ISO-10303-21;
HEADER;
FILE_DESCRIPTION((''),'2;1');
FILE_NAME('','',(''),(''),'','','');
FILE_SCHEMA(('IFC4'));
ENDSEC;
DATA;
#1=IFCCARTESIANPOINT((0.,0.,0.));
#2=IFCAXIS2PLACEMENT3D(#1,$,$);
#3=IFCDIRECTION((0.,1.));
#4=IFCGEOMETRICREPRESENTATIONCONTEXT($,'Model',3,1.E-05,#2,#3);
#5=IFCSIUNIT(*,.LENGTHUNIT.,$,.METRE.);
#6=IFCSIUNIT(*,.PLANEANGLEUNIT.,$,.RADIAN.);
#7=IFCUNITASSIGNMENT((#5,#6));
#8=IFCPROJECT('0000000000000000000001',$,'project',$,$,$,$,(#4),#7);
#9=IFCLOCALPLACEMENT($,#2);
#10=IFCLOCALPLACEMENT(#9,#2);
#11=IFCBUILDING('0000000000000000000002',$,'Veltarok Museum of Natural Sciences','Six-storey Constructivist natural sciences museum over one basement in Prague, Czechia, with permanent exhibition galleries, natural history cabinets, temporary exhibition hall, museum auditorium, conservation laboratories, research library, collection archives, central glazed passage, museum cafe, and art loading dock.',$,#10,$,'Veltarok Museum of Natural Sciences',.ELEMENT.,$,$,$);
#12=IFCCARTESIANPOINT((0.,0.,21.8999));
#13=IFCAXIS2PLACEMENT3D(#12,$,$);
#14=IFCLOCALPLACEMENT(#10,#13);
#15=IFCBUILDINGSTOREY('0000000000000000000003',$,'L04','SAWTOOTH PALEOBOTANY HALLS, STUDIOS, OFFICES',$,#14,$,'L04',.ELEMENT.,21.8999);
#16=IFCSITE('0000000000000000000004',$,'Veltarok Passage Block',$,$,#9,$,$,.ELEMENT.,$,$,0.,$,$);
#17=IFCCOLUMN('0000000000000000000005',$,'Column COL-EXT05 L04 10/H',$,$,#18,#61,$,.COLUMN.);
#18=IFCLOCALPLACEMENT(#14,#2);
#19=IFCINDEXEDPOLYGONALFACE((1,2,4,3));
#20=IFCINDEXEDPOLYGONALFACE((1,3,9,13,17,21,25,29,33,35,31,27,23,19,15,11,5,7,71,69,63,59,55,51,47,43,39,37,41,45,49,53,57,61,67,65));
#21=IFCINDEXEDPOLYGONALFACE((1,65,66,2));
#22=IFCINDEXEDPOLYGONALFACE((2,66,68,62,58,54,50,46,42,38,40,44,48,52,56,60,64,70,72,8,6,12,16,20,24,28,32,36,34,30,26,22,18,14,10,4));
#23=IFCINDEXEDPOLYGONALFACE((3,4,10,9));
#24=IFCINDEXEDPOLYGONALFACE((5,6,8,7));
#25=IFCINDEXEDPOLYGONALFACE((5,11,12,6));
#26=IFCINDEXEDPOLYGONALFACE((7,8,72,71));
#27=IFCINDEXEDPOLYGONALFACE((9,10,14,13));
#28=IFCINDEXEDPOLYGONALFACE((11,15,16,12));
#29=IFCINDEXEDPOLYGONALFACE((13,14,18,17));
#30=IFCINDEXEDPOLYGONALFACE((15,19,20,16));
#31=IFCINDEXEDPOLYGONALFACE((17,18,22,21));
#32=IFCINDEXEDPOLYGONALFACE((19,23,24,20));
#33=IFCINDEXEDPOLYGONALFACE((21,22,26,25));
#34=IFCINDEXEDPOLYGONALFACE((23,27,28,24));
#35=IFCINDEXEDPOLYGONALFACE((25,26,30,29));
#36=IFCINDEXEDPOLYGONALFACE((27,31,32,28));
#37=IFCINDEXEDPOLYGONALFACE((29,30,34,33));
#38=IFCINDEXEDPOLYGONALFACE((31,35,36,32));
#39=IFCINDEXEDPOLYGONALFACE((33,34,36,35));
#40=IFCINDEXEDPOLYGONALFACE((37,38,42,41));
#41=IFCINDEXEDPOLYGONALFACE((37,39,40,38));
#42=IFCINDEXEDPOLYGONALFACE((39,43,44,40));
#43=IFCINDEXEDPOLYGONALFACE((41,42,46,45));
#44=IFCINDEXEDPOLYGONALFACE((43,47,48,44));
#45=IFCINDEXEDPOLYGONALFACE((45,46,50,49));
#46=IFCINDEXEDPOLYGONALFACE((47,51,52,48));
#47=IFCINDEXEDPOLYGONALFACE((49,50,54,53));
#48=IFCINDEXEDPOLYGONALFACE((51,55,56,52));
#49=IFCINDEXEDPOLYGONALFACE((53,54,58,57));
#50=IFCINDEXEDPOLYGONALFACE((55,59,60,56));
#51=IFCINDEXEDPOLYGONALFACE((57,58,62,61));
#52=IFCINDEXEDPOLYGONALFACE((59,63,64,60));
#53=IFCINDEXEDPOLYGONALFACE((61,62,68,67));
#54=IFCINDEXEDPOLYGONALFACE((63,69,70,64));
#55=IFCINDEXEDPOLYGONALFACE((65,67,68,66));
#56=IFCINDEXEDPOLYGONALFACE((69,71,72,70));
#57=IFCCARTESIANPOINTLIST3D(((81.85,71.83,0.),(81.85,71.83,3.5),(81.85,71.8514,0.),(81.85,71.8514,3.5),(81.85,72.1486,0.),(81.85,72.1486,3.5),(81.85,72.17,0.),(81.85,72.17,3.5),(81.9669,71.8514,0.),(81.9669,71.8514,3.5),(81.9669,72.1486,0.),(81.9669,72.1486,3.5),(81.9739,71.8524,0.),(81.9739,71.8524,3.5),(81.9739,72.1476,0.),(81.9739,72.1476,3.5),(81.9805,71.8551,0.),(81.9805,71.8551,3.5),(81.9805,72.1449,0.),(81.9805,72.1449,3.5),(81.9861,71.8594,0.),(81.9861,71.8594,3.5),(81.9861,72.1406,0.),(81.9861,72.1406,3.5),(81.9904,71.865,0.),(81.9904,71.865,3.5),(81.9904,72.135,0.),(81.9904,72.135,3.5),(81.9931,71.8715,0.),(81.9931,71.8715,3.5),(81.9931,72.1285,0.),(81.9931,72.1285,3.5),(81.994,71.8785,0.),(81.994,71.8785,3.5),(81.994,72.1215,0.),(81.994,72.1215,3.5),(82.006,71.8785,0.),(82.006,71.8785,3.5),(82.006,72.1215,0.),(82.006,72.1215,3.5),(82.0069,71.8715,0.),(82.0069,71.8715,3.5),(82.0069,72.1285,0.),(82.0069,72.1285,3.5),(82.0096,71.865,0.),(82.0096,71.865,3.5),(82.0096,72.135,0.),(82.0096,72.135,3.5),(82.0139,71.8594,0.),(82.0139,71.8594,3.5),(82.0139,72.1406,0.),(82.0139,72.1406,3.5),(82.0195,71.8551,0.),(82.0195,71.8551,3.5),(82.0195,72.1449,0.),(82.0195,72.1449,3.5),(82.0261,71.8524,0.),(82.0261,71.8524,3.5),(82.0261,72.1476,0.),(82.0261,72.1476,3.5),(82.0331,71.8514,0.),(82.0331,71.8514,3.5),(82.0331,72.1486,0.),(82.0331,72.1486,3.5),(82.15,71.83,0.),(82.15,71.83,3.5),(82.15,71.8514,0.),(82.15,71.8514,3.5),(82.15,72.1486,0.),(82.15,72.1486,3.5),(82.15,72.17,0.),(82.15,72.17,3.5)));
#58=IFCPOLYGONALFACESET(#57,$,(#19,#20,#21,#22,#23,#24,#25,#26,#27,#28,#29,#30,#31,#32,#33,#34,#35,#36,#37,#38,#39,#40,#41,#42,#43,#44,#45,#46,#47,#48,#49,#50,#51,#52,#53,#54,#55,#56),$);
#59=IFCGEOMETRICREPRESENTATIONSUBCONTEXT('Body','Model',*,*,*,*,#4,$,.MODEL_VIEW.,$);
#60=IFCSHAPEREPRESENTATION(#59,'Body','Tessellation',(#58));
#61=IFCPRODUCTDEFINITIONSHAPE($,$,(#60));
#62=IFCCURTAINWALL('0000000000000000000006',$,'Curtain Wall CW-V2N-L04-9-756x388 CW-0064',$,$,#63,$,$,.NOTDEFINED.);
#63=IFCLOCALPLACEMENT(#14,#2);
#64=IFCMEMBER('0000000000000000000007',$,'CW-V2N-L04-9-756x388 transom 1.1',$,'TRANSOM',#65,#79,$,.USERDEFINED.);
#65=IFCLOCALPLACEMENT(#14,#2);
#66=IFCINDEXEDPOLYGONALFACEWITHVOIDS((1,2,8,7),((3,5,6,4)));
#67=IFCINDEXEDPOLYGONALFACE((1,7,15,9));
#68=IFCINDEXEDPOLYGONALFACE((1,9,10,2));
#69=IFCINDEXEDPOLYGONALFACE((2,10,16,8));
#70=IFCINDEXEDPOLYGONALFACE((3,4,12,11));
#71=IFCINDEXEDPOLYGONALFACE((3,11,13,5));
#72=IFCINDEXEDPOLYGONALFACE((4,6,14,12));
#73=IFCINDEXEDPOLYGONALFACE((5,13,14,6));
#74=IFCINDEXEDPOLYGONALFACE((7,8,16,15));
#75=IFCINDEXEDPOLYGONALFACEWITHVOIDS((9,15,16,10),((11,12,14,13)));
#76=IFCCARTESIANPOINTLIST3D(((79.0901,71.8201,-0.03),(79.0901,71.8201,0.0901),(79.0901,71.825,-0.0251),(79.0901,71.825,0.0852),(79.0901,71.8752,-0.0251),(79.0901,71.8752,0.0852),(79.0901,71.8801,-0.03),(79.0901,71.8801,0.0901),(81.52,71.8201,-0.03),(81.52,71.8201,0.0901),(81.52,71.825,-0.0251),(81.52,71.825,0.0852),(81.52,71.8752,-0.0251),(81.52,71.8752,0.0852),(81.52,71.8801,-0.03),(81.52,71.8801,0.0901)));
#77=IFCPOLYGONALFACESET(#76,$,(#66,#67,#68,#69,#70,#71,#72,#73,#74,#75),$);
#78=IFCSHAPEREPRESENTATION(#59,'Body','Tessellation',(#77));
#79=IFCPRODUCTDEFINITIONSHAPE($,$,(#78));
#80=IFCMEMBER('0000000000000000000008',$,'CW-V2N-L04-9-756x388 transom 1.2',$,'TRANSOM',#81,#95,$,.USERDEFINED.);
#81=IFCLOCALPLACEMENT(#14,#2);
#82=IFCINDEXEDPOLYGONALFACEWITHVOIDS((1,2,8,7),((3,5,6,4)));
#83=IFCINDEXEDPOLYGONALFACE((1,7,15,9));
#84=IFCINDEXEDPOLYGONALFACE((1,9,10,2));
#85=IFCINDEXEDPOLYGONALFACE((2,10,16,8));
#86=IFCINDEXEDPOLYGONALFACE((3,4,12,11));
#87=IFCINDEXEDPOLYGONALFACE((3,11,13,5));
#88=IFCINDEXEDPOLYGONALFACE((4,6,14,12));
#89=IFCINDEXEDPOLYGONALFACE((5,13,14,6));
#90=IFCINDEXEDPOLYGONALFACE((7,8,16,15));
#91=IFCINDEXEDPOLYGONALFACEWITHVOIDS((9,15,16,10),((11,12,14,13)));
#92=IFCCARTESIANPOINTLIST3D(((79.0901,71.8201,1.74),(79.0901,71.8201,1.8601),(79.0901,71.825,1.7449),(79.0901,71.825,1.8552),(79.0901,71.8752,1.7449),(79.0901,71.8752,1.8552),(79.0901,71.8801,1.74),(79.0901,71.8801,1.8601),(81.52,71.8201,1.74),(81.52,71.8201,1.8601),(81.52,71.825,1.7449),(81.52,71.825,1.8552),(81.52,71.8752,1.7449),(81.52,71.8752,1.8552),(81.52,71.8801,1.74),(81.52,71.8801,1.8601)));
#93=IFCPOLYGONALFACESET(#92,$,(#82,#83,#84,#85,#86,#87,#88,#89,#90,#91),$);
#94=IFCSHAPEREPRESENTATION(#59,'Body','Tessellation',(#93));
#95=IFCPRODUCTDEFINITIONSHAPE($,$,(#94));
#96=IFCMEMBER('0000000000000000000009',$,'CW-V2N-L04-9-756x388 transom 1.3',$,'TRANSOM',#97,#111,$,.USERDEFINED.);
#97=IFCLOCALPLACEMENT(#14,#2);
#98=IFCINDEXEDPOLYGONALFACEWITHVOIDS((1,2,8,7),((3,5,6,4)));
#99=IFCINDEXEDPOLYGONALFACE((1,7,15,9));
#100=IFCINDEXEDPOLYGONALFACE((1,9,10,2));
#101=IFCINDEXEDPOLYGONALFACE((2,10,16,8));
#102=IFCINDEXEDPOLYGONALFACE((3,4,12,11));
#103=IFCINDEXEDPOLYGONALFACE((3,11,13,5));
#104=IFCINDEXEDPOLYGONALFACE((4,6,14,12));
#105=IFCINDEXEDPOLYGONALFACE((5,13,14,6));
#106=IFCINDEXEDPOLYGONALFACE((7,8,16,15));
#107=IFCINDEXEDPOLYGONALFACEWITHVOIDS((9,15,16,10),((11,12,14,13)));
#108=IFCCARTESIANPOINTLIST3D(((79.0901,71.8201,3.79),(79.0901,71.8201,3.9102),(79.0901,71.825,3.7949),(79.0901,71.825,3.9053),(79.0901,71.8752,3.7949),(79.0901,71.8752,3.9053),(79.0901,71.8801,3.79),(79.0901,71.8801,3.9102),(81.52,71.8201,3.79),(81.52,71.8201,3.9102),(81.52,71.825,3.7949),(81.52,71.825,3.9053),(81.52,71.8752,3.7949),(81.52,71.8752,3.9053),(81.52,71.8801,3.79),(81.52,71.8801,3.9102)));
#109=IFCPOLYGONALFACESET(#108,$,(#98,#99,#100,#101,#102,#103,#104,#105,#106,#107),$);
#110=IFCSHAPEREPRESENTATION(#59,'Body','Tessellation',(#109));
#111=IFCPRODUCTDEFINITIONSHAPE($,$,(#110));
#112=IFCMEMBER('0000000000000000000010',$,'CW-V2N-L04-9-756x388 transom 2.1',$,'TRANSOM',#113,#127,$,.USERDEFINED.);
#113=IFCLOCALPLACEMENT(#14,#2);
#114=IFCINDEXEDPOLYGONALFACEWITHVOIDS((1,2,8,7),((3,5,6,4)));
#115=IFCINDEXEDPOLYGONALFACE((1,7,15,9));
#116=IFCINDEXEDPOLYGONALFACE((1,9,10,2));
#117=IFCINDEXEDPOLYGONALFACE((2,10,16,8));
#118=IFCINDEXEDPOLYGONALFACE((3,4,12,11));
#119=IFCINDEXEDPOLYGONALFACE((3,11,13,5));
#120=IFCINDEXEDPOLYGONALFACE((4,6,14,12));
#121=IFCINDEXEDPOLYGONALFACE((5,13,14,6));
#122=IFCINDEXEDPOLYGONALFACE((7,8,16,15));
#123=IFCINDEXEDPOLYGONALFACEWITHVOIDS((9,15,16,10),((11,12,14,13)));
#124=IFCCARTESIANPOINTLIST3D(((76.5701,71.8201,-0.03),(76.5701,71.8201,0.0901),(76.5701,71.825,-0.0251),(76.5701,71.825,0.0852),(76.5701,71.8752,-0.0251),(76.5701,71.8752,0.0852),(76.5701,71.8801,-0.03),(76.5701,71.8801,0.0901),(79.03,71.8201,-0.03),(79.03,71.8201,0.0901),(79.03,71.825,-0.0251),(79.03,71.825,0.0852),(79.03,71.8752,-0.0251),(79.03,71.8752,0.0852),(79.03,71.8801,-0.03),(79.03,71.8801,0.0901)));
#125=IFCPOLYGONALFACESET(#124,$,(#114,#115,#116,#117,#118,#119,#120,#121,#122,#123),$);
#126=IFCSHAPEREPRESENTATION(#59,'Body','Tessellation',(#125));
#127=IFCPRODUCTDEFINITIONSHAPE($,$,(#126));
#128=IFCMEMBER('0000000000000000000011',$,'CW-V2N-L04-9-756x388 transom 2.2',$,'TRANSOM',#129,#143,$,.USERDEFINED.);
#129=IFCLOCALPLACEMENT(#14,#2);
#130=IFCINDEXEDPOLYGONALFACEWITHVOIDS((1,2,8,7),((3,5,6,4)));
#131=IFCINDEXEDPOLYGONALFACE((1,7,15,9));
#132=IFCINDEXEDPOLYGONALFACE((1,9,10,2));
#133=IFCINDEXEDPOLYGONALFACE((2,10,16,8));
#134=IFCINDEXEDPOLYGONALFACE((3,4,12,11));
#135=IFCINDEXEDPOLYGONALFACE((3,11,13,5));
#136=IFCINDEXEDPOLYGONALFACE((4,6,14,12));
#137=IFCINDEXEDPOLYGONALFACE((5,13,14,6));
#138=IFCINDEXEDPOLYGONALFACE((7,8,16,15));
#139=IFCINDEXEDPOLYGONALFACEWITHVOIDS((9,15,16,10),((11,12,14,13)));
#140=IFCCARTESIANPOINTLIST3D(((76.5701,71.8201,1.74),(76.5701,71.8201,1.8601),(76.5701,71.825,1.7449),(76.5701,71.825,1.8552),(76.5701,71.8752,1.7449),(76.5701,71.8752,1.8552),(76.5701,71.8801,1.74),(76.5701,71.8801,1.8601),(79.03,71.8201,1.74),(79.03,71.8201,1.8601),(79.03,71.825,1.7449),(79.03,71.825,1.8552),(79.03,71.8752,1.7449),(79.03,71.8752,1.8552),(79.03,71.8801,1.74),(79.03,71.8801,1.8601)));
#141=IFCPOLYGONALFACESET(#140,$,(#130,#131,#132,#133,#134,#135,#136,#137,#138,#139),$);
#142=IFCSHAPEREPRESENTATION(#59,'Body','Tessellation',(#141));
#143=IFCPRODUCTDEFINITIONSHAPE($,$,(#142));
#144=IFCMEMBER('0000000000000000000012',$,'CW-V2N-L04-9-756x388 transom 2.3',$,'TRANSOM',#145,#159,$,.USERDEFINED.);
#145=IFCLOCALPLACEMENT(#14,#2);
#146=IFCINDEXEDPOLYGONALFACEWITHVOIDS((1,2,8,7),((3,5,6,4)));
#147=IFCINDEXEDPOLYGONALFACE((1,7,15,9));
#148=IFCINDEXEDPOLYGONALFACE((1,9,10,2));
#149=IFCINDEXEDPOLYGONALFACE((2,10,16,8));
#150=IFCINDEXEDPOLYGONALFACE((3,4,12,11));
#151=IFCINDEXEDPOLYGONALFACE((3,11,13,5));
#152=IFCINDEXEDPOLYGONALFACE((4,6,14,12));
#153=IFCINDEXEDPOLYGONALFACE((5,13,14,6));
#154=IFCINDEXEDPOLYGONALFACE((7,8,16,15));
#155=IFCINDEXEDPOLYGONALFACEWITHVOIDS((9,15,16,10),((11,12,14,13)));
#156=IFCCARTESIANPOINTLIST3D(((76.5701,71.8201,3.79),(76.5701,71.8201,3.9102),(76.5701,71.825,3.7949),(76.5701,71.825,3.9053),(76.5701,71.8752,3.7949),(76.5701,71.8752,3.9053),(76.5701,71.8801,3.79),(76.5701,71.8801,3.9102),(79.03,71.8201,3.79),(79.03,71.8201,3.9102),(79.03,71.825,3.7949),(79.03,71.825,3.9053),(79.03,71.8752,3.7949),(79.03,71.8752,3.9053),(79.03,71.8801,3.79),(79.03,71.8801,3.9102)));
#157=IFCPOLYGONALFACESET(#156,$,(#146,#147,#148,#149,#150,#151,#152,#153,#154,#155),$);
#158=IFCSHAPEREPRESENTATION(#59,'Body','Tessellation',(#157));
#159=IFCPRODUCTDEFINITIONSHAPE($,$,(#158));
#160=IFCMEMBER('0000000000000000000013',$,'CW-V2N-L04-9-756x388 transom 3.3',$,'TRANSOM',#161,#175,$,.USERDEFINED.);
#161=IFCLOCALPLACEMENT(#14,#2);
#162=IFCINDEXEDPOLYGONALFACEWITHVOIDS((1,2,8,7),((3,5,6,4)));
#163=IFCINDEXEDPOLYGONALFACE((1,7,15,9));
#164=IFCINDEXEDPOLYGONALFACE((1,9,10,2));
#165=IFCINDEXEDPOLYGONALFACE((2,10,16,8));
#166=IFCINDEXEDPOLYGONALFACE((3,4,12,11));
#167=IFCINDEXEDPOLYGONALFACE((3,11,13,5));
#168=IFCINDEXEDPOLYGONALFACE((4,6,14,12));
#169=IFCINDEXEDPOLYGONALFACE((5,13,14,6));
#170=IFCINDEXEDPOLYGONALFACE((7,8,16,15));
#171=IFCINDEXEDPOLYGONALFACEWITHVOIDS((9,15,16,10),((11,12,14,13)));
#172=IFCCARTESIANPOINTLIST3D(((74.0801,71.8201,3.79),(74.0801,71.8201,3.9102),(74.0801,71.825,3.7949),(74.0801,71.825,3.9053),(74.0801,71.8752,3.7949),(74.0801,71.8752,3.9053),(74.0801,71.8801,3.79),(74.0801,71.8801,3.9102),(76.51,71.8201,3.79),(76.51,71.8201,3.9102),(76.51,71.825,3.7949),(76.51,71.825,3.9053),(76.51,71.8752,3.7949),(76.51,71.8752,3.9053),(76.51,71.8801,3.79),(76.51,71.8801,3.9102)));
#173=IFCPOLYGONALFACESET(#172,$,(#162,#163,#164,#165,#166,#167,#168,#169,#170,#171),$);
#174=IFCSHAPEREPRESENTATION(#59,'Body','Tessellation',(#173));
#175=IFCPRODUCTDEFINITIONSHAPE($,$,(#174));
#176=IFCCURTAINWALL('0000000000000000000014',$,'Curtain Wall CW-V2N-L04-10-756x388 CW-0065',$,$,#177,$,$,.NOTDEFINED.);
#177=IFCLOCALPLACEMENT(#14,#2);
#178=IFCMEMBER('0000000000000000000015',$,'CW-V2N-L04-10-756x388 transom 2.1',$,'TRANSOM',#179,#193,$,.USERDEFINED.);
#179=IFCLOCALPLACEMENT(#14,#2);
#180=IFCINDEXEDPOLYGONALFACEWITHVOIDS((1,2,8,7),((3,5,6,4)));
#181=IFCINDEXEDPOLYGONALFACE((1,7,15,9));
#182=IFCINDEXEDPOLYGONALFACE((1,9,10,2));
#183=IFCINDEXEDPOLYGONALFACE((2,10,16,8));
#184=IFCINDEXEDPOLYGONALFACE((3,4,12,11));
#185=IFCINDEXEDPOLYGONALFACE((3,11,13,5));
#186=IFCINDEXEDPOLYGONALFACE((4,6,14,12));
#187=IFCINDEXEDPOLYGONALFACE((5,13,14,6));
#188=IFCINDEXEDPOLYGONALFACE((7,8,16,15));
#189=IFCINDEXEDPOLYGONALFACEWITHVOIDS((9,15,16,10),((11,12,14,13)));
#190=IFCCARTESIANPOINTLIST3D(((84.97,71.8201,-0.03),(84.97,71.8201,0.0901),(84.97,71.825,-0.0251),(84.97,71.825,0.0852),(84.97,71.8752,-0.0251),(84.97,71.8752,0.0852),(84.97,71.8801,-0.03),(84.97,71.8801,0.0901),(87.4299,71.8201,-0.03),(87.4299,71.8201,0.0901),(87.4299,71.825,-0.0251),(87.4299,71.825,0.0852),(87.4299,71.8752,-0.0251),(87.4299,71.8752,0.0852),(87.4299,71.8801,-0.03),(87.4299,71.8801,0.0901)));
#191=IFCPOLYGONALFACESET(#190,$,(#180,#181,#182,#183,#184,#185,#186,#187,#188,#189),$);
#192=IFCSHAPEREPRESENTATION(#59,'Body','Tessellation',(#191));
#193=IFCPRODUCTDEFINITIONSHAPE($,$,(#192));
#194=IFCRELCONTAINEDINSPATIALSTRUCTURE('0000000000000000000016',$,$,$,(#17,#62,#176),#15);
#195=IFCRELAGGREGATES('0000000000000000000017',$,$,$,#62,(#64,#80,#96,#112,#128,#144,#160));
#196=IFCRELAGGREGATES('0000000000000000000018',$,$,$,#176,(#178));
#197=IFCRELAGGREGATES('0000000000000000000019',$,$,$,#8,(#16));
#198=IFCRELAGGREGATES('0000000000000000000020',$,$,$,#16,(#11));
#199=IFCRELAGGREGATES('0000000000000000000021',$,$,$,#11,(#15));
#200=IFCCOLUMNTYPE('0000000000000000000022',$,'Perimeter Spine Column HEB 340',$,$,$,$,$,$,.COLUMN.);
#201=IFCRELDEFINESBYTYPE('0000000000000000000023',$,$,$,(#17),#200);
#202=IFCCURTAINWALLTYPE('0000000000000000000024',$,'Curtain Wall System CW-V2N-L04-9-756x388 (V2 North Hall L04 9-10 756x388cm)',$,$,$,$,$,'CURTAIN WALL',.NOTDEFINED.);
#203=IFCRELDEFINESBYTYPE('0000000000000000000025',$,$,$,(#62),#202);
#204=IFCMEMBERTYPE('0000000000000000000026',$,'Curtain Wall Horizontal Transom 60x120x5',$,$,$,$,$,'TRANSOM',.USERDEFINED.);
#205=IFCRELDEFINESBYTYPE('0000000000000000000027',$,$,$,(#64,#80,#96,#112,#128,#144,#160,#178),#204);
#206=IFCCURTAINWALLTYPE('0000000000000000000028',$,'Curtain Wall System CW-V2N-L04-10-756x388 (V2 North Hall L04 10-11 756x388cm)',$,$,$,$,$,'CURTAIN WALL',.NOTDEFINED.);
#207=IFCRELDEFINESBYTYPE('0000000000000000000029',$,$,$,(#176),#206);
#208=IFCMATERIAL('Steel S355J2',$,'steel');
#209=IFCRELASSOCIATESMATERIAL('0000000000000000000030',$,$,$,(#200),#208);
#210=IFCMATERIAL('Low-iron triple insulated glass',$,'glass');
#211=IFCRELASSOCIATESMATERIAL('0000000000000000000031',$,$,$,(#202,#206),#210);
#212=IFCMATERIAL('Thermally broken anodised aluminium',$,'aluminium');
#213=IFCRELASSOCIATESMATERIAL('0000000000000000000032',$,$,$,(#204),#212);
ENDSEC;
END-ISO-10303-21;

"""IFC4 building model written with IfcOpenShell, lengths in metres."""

from ifc_helpers import new_model, si_unit, direction, frame, origin, origin_2d, place, context, subcontext, project, spatial, hollow_rectangle, i_section, extrude, material, material_profile, profile_set, type_object, element, aggregate, save


model = new_model("IFC4")

# Units and contexts
model_context = context("Model", 3, precision=1e-05, world=origin(), true_north=direction((0.0, 1.0)))
body_context = subcontext(model_context, "Body", "Model", "MODEL_VIEW")
ifc_project = project(units=[si_unit("LENGTHUNIT", "METRE"), si_unit("PLANEANGLEUNIT", "RADIAN")], contexts=[model_context])

# Site, building, storey
site_placement = place(None, origin())
site = spatial("IfcSite", under=ifc_project, at=site_placement, Name="Veltarok Passage Block", CompositionType="ELEMENT", RefElevation=0.0)
building_placement = place(site_placement, origin())
building = spatial("IfcBuilding", under=site, at=building_placement, Name="Veltarok Museum of Natural Sciences", Description="Six-storey Constructivist natural sciences museum over one basement in Prague, Czechia, with permanent exhibition galleries, natural history cabinets, temporary exhibition hall, museum auditorium, conservation laboratories, research library, collection archives, central glazed passage, museum cafe, and art loading dock.", LongName="Veltarok Museum of Natural Sciences", CompositionType="ELEMENT")
storey_placement = place(building_placement, frame((0.0, 0.0, 21.8999)))
storey = spatial("IfcBuildingStorey", under=building, at=storey_placement, Name="L04", Description="SAWTOOTH PALEOBOTANY HALLS, STUDIOS, OFFICES", LongName="L04", CompositionType="ELEMENT", Elevation=21.8999)

# Column
ifc_material_1 = material(Name="Steel S355J2", Category="steel")
ifc_material_profile_1 = material_profile(ifc_material_1, i_section(OverallWidth=0.3, OverallDepth=0.3401, WebThickness=0.012, FlangeThickness=0.0215, FilletRadius=0.0271, at=origin_2d()), Name="HEB 340")
ifc_profile_set_1 = profile_set([ifc_material_profile_1], Name="Steel S355J2")
column_type = type_object("IfcColumnType", Name="Perimeter Spine Column HEB 340", PredefinedType="COLUMN", material=ifc_profile_set_1)
column_placement = place(storey_placement, frame((82.0, 72.0, 0.0), z_axis=(0.0, 0.0, 1.0), x_axis=(1.0, 0.0, 0.0)))
element("IfcColumn", 1, at=column_placement, inside=storey, type_object=column_type, Name="Column COL-EXT05 L04 10/H", PredefinedType="COLUMN", context=body_context, shape_type="SweptSolid", body=[
    extrude(i_section(OverallWidth=0.3, OverallDepth=0.3401, WebThickness=0.012, FlangeThickness=0.0215, FilletRadius=0.0271, at=origin_2d()), origin(), (0.0, 0.0, 1.0), 3.5),
])

# Curtain walls, members
ifc_material_2 = material(Name="Low-iron triple insulated glass", Category="glass")
curtain_wall_type_1 = type_object("IfcCurtainWallType", Name="Curtain Wall System CW-V2N-L04-9-756x388 (V2 North Hall L04 9-10 756x388cm)", ElementType="CURTAIN WALL", PredefinedType="NOTDEFINED", material=ifc_material_2)
curtain_wall_1_placement = place(storey_placement, origin())
curtain_wall_1 = element("IfcCurtainWall", 2, at=curtain_wall_1_placement, inside=storey, type_object=curtain_wall_type_1, Name="Curtain Wall CW-V2N-L04-9-756x388 CW-0064", PredefinedType="NOTDEFINED")
ifc_material_3 = material(Name="Thermally broken anodised aluminium", Category="aluminium")
ifc_material_profile_2 = material_profile(ifc_material_3, hollow_rectangle(XDim=0.0601, YDim=0.1201, WallThickness=0.0049, at=origin_2d()), Name="CW TRANSOM 60x120x5")
ifc_profile_set_2 = profile_set([ifc_material_profile_2], Name="Thermally broken anodised aluminium")
member_type_1 = type_object("IfcMemberType", Name="Curtain Wall Horizontal Transom 60x120x5", ElementType="TRANSOM", PredefinedType="USERDEFINED", material=ifc_profile_set_2)
member_1_placement = place(storey_placement, frame((81.52, 71.8501, 0.03), z_axis=(-1.0, 0.0, 0.0), x_axis=(0.0, -1.0, 0.0)))
member_1 = element("IfcMember", 3, at=member_1_placement, type_object=member_type_1, Name="CW-V2N-L04-9-756x388 transom 1.1", ObjectType="TRANSOM", PredefinedType="USERDEFINED", context=body_context, shape_type="SweptSolid", body=[
    extrude(hollow_rectangle(XDim=0.0601, YDim=0.1201, WallThickness=0.0049, at=origin_2d()), origin(), (0.0, 0.0, 1.0), 2.4299),
])
member_2_placement = place(storey_placement, frame((81.52, 71.8501, 1.8), z_axis=(-1.0, 0.0, 0.0), x_axis=(0.0, -1.0, 0.0)))
member_2 = element("IfcMember", 4, at=member_2_placement, type_object=member_type_1, Name="CW-V2N-L04-9-756x388 transom 1.2", ObjectType="TRANSOM", PredefinedType="USERDEFINED", context=body_context, shape_type="SweptSolid", body=[
    extrude(hollow_rectangle(XDim=0.0601, YDim=0.1201, WallThickness=0.0049, at=origin_2d()), origin(), (0.0, 0.0, 1.0), 2.4299),
])
member_3_placement = place(storey_placement, frame((81.52, 71.8501, 3.8501), z_axis=(-1.0, 0.0, 0.0), x_axis=(0.0, -1.0, 0.0)))
member_3 = element("IfcMember", 5, at=member_3_placement, type_object=member_type_1, Name="CW-V2N-L04-9-756x388 transom 1.3", ObjectType="TRANSOM", PredefinedType="USERDEFINED", context=body_context, shape_type="SweptSolid", body=[
    extrude(hollow_rectangle(XDim=0.0601, YDim=0.1201, WallThickness=0.0049, at=origin_2d()), origin(), (0.0, 0.0, 1.0), 2.4299),
])
member_4_placement = place(storey_placement, frame((79.03, 71.8501, 0.03), z_axis=(-1.0, 0.0, 0.0), x_axis=(0.0, -1.0, 0.0)))
member_4 = element("IfcMember", 6, at=member_4_placement, type_object=member_type_1, Name="CW-V2N-L04-9-756x388 transom 2.1", ObjectType="TRANSOM", PredefinedType="USERDEFINED", context=body_context, shape_type="SweptSolid", body=[
    extrude(hollow_rectangle(XDim=0.0601, YDim=0.1201, WallThickness=0.0049, at=origin_2d()), origin(), (0.0, 0.0, 1.0), 2.46),
])
member_5_placement = place(storey_placement, frame((79.03, 71.8501, 1.8), z_axis=(-1.0, 0.0, 0.0), x_axis=(0.0, -1.0, 0.0)))
member_5 = element("IfcMember", 7, at=member_5_placement, type_object=member_type_1, Name="CW-V2N-L04-9-756x388 transom 2.2", ObjectType="TRANSOM", PredefinedType="USERDEFINED", context=body_context, shape_type="SweptSolid", body=[
    extrude(hollow_rectangle(XDim=0.0601, YDim=0.1201, WallThickness=0.0049, at=origin_2d()), origin(), (0.0, 0.0, 1.0), 2.46),
])
member_6_placement = place(storey_placement, frame((79.03, 71.8501, 3.8501), z_axis=(-1.0, 0.0, 0.0), x_axis=(0.0, -1.0, 0.0)))
member_6 = element("IfcMember", 8, at=member_6_placement, type_object=member_type_1, Name="CW-V2N-L04-9-756x388 transom 2.3", ObjectType="TRANSOM", PredefinedType="USERDEFINED", context=body_context, shape_type="SweptSolid", body=[
    extrude(hollow_rectangle(XDim=0.0601, YDim=0.1201, WallThickness=0.0049, at=origin_2d()), origin(), (0.0, 0.0, 1.0), 2.46),
])
member_7_placement = place(storey_placement, frame((76.51, 71.8501, 3.8501), z_axis=(-1.0, 0.0, 0.0), x_axis=(0.0, -1.0, 0.0)))
member_7 = element("IfcMember", 9, at=member_7_placement, type_object=member_type_1, Name="CW-V2N-L04-9-756x388 transom 3.3", ObjectType="TRANSOM", PredefinedType="USERDEFINED", context=body_context, shape_type="SweptSolid", body=[
    extrude(hollow_rectangle(XDim=0.0601, YDim=0.1201, WallThickness=0.0049, at=origin_2d()), origin(), (0.0, 0.0, 1.0), 2.4299),
])
curtain_wall_type_2 = type_object("IfcCurtainWallType", Name="Curtain Wall System CW-V2N-L04-10-756x388 (V2 North Hall L04 10-11 756x388cm)", ElementType="CURTAIN WALL", PredefinedType="NOTDEFINED", material=ifc_material_2)
curtain_wall_2_placement = place(storey_placement, origin())
curtain_wall_2 = element("IfcCurtainWall", 10, at=curtain_wall_2_placement, inside=storey, type_object=curtain_wall_type_2, Name="Curtain Wall CW-V2N-L04-10-756x388 CW-0065", PredefinedType="NOTDEFINED")
member_8_placement = place(storey_placement, frame((87.4299, 71.8501, 0.03), z_axis=(-1.0, 0.0, 0.0), x_axis=(0.0, -1.0, 0.0)))
member_8 = element("IfcMember", 11, at=member_8_placement, type_object=member_type_1, Name="CW-V2N-L04-10-756x388 transom 2.1", ObjectType="TRANSOM", PredefinedType="USERDEFINED", context=body_context, shape_type="SweptSolid", body=[
    extrude(hollow_rectangle(XDim=0.0601, YDim=0.1201, WallThickness=0.0049, at=origin_2d()), origin(), (0.0, 0.0, 1.0), 2.46),
])

aggregate(curtain_wall_1, [member_1, member_2, member_3, member_4, member_5, member_6, member_7])
aggregate(curtain_wall_2, [member_8])

save(model, "model.ifc")
